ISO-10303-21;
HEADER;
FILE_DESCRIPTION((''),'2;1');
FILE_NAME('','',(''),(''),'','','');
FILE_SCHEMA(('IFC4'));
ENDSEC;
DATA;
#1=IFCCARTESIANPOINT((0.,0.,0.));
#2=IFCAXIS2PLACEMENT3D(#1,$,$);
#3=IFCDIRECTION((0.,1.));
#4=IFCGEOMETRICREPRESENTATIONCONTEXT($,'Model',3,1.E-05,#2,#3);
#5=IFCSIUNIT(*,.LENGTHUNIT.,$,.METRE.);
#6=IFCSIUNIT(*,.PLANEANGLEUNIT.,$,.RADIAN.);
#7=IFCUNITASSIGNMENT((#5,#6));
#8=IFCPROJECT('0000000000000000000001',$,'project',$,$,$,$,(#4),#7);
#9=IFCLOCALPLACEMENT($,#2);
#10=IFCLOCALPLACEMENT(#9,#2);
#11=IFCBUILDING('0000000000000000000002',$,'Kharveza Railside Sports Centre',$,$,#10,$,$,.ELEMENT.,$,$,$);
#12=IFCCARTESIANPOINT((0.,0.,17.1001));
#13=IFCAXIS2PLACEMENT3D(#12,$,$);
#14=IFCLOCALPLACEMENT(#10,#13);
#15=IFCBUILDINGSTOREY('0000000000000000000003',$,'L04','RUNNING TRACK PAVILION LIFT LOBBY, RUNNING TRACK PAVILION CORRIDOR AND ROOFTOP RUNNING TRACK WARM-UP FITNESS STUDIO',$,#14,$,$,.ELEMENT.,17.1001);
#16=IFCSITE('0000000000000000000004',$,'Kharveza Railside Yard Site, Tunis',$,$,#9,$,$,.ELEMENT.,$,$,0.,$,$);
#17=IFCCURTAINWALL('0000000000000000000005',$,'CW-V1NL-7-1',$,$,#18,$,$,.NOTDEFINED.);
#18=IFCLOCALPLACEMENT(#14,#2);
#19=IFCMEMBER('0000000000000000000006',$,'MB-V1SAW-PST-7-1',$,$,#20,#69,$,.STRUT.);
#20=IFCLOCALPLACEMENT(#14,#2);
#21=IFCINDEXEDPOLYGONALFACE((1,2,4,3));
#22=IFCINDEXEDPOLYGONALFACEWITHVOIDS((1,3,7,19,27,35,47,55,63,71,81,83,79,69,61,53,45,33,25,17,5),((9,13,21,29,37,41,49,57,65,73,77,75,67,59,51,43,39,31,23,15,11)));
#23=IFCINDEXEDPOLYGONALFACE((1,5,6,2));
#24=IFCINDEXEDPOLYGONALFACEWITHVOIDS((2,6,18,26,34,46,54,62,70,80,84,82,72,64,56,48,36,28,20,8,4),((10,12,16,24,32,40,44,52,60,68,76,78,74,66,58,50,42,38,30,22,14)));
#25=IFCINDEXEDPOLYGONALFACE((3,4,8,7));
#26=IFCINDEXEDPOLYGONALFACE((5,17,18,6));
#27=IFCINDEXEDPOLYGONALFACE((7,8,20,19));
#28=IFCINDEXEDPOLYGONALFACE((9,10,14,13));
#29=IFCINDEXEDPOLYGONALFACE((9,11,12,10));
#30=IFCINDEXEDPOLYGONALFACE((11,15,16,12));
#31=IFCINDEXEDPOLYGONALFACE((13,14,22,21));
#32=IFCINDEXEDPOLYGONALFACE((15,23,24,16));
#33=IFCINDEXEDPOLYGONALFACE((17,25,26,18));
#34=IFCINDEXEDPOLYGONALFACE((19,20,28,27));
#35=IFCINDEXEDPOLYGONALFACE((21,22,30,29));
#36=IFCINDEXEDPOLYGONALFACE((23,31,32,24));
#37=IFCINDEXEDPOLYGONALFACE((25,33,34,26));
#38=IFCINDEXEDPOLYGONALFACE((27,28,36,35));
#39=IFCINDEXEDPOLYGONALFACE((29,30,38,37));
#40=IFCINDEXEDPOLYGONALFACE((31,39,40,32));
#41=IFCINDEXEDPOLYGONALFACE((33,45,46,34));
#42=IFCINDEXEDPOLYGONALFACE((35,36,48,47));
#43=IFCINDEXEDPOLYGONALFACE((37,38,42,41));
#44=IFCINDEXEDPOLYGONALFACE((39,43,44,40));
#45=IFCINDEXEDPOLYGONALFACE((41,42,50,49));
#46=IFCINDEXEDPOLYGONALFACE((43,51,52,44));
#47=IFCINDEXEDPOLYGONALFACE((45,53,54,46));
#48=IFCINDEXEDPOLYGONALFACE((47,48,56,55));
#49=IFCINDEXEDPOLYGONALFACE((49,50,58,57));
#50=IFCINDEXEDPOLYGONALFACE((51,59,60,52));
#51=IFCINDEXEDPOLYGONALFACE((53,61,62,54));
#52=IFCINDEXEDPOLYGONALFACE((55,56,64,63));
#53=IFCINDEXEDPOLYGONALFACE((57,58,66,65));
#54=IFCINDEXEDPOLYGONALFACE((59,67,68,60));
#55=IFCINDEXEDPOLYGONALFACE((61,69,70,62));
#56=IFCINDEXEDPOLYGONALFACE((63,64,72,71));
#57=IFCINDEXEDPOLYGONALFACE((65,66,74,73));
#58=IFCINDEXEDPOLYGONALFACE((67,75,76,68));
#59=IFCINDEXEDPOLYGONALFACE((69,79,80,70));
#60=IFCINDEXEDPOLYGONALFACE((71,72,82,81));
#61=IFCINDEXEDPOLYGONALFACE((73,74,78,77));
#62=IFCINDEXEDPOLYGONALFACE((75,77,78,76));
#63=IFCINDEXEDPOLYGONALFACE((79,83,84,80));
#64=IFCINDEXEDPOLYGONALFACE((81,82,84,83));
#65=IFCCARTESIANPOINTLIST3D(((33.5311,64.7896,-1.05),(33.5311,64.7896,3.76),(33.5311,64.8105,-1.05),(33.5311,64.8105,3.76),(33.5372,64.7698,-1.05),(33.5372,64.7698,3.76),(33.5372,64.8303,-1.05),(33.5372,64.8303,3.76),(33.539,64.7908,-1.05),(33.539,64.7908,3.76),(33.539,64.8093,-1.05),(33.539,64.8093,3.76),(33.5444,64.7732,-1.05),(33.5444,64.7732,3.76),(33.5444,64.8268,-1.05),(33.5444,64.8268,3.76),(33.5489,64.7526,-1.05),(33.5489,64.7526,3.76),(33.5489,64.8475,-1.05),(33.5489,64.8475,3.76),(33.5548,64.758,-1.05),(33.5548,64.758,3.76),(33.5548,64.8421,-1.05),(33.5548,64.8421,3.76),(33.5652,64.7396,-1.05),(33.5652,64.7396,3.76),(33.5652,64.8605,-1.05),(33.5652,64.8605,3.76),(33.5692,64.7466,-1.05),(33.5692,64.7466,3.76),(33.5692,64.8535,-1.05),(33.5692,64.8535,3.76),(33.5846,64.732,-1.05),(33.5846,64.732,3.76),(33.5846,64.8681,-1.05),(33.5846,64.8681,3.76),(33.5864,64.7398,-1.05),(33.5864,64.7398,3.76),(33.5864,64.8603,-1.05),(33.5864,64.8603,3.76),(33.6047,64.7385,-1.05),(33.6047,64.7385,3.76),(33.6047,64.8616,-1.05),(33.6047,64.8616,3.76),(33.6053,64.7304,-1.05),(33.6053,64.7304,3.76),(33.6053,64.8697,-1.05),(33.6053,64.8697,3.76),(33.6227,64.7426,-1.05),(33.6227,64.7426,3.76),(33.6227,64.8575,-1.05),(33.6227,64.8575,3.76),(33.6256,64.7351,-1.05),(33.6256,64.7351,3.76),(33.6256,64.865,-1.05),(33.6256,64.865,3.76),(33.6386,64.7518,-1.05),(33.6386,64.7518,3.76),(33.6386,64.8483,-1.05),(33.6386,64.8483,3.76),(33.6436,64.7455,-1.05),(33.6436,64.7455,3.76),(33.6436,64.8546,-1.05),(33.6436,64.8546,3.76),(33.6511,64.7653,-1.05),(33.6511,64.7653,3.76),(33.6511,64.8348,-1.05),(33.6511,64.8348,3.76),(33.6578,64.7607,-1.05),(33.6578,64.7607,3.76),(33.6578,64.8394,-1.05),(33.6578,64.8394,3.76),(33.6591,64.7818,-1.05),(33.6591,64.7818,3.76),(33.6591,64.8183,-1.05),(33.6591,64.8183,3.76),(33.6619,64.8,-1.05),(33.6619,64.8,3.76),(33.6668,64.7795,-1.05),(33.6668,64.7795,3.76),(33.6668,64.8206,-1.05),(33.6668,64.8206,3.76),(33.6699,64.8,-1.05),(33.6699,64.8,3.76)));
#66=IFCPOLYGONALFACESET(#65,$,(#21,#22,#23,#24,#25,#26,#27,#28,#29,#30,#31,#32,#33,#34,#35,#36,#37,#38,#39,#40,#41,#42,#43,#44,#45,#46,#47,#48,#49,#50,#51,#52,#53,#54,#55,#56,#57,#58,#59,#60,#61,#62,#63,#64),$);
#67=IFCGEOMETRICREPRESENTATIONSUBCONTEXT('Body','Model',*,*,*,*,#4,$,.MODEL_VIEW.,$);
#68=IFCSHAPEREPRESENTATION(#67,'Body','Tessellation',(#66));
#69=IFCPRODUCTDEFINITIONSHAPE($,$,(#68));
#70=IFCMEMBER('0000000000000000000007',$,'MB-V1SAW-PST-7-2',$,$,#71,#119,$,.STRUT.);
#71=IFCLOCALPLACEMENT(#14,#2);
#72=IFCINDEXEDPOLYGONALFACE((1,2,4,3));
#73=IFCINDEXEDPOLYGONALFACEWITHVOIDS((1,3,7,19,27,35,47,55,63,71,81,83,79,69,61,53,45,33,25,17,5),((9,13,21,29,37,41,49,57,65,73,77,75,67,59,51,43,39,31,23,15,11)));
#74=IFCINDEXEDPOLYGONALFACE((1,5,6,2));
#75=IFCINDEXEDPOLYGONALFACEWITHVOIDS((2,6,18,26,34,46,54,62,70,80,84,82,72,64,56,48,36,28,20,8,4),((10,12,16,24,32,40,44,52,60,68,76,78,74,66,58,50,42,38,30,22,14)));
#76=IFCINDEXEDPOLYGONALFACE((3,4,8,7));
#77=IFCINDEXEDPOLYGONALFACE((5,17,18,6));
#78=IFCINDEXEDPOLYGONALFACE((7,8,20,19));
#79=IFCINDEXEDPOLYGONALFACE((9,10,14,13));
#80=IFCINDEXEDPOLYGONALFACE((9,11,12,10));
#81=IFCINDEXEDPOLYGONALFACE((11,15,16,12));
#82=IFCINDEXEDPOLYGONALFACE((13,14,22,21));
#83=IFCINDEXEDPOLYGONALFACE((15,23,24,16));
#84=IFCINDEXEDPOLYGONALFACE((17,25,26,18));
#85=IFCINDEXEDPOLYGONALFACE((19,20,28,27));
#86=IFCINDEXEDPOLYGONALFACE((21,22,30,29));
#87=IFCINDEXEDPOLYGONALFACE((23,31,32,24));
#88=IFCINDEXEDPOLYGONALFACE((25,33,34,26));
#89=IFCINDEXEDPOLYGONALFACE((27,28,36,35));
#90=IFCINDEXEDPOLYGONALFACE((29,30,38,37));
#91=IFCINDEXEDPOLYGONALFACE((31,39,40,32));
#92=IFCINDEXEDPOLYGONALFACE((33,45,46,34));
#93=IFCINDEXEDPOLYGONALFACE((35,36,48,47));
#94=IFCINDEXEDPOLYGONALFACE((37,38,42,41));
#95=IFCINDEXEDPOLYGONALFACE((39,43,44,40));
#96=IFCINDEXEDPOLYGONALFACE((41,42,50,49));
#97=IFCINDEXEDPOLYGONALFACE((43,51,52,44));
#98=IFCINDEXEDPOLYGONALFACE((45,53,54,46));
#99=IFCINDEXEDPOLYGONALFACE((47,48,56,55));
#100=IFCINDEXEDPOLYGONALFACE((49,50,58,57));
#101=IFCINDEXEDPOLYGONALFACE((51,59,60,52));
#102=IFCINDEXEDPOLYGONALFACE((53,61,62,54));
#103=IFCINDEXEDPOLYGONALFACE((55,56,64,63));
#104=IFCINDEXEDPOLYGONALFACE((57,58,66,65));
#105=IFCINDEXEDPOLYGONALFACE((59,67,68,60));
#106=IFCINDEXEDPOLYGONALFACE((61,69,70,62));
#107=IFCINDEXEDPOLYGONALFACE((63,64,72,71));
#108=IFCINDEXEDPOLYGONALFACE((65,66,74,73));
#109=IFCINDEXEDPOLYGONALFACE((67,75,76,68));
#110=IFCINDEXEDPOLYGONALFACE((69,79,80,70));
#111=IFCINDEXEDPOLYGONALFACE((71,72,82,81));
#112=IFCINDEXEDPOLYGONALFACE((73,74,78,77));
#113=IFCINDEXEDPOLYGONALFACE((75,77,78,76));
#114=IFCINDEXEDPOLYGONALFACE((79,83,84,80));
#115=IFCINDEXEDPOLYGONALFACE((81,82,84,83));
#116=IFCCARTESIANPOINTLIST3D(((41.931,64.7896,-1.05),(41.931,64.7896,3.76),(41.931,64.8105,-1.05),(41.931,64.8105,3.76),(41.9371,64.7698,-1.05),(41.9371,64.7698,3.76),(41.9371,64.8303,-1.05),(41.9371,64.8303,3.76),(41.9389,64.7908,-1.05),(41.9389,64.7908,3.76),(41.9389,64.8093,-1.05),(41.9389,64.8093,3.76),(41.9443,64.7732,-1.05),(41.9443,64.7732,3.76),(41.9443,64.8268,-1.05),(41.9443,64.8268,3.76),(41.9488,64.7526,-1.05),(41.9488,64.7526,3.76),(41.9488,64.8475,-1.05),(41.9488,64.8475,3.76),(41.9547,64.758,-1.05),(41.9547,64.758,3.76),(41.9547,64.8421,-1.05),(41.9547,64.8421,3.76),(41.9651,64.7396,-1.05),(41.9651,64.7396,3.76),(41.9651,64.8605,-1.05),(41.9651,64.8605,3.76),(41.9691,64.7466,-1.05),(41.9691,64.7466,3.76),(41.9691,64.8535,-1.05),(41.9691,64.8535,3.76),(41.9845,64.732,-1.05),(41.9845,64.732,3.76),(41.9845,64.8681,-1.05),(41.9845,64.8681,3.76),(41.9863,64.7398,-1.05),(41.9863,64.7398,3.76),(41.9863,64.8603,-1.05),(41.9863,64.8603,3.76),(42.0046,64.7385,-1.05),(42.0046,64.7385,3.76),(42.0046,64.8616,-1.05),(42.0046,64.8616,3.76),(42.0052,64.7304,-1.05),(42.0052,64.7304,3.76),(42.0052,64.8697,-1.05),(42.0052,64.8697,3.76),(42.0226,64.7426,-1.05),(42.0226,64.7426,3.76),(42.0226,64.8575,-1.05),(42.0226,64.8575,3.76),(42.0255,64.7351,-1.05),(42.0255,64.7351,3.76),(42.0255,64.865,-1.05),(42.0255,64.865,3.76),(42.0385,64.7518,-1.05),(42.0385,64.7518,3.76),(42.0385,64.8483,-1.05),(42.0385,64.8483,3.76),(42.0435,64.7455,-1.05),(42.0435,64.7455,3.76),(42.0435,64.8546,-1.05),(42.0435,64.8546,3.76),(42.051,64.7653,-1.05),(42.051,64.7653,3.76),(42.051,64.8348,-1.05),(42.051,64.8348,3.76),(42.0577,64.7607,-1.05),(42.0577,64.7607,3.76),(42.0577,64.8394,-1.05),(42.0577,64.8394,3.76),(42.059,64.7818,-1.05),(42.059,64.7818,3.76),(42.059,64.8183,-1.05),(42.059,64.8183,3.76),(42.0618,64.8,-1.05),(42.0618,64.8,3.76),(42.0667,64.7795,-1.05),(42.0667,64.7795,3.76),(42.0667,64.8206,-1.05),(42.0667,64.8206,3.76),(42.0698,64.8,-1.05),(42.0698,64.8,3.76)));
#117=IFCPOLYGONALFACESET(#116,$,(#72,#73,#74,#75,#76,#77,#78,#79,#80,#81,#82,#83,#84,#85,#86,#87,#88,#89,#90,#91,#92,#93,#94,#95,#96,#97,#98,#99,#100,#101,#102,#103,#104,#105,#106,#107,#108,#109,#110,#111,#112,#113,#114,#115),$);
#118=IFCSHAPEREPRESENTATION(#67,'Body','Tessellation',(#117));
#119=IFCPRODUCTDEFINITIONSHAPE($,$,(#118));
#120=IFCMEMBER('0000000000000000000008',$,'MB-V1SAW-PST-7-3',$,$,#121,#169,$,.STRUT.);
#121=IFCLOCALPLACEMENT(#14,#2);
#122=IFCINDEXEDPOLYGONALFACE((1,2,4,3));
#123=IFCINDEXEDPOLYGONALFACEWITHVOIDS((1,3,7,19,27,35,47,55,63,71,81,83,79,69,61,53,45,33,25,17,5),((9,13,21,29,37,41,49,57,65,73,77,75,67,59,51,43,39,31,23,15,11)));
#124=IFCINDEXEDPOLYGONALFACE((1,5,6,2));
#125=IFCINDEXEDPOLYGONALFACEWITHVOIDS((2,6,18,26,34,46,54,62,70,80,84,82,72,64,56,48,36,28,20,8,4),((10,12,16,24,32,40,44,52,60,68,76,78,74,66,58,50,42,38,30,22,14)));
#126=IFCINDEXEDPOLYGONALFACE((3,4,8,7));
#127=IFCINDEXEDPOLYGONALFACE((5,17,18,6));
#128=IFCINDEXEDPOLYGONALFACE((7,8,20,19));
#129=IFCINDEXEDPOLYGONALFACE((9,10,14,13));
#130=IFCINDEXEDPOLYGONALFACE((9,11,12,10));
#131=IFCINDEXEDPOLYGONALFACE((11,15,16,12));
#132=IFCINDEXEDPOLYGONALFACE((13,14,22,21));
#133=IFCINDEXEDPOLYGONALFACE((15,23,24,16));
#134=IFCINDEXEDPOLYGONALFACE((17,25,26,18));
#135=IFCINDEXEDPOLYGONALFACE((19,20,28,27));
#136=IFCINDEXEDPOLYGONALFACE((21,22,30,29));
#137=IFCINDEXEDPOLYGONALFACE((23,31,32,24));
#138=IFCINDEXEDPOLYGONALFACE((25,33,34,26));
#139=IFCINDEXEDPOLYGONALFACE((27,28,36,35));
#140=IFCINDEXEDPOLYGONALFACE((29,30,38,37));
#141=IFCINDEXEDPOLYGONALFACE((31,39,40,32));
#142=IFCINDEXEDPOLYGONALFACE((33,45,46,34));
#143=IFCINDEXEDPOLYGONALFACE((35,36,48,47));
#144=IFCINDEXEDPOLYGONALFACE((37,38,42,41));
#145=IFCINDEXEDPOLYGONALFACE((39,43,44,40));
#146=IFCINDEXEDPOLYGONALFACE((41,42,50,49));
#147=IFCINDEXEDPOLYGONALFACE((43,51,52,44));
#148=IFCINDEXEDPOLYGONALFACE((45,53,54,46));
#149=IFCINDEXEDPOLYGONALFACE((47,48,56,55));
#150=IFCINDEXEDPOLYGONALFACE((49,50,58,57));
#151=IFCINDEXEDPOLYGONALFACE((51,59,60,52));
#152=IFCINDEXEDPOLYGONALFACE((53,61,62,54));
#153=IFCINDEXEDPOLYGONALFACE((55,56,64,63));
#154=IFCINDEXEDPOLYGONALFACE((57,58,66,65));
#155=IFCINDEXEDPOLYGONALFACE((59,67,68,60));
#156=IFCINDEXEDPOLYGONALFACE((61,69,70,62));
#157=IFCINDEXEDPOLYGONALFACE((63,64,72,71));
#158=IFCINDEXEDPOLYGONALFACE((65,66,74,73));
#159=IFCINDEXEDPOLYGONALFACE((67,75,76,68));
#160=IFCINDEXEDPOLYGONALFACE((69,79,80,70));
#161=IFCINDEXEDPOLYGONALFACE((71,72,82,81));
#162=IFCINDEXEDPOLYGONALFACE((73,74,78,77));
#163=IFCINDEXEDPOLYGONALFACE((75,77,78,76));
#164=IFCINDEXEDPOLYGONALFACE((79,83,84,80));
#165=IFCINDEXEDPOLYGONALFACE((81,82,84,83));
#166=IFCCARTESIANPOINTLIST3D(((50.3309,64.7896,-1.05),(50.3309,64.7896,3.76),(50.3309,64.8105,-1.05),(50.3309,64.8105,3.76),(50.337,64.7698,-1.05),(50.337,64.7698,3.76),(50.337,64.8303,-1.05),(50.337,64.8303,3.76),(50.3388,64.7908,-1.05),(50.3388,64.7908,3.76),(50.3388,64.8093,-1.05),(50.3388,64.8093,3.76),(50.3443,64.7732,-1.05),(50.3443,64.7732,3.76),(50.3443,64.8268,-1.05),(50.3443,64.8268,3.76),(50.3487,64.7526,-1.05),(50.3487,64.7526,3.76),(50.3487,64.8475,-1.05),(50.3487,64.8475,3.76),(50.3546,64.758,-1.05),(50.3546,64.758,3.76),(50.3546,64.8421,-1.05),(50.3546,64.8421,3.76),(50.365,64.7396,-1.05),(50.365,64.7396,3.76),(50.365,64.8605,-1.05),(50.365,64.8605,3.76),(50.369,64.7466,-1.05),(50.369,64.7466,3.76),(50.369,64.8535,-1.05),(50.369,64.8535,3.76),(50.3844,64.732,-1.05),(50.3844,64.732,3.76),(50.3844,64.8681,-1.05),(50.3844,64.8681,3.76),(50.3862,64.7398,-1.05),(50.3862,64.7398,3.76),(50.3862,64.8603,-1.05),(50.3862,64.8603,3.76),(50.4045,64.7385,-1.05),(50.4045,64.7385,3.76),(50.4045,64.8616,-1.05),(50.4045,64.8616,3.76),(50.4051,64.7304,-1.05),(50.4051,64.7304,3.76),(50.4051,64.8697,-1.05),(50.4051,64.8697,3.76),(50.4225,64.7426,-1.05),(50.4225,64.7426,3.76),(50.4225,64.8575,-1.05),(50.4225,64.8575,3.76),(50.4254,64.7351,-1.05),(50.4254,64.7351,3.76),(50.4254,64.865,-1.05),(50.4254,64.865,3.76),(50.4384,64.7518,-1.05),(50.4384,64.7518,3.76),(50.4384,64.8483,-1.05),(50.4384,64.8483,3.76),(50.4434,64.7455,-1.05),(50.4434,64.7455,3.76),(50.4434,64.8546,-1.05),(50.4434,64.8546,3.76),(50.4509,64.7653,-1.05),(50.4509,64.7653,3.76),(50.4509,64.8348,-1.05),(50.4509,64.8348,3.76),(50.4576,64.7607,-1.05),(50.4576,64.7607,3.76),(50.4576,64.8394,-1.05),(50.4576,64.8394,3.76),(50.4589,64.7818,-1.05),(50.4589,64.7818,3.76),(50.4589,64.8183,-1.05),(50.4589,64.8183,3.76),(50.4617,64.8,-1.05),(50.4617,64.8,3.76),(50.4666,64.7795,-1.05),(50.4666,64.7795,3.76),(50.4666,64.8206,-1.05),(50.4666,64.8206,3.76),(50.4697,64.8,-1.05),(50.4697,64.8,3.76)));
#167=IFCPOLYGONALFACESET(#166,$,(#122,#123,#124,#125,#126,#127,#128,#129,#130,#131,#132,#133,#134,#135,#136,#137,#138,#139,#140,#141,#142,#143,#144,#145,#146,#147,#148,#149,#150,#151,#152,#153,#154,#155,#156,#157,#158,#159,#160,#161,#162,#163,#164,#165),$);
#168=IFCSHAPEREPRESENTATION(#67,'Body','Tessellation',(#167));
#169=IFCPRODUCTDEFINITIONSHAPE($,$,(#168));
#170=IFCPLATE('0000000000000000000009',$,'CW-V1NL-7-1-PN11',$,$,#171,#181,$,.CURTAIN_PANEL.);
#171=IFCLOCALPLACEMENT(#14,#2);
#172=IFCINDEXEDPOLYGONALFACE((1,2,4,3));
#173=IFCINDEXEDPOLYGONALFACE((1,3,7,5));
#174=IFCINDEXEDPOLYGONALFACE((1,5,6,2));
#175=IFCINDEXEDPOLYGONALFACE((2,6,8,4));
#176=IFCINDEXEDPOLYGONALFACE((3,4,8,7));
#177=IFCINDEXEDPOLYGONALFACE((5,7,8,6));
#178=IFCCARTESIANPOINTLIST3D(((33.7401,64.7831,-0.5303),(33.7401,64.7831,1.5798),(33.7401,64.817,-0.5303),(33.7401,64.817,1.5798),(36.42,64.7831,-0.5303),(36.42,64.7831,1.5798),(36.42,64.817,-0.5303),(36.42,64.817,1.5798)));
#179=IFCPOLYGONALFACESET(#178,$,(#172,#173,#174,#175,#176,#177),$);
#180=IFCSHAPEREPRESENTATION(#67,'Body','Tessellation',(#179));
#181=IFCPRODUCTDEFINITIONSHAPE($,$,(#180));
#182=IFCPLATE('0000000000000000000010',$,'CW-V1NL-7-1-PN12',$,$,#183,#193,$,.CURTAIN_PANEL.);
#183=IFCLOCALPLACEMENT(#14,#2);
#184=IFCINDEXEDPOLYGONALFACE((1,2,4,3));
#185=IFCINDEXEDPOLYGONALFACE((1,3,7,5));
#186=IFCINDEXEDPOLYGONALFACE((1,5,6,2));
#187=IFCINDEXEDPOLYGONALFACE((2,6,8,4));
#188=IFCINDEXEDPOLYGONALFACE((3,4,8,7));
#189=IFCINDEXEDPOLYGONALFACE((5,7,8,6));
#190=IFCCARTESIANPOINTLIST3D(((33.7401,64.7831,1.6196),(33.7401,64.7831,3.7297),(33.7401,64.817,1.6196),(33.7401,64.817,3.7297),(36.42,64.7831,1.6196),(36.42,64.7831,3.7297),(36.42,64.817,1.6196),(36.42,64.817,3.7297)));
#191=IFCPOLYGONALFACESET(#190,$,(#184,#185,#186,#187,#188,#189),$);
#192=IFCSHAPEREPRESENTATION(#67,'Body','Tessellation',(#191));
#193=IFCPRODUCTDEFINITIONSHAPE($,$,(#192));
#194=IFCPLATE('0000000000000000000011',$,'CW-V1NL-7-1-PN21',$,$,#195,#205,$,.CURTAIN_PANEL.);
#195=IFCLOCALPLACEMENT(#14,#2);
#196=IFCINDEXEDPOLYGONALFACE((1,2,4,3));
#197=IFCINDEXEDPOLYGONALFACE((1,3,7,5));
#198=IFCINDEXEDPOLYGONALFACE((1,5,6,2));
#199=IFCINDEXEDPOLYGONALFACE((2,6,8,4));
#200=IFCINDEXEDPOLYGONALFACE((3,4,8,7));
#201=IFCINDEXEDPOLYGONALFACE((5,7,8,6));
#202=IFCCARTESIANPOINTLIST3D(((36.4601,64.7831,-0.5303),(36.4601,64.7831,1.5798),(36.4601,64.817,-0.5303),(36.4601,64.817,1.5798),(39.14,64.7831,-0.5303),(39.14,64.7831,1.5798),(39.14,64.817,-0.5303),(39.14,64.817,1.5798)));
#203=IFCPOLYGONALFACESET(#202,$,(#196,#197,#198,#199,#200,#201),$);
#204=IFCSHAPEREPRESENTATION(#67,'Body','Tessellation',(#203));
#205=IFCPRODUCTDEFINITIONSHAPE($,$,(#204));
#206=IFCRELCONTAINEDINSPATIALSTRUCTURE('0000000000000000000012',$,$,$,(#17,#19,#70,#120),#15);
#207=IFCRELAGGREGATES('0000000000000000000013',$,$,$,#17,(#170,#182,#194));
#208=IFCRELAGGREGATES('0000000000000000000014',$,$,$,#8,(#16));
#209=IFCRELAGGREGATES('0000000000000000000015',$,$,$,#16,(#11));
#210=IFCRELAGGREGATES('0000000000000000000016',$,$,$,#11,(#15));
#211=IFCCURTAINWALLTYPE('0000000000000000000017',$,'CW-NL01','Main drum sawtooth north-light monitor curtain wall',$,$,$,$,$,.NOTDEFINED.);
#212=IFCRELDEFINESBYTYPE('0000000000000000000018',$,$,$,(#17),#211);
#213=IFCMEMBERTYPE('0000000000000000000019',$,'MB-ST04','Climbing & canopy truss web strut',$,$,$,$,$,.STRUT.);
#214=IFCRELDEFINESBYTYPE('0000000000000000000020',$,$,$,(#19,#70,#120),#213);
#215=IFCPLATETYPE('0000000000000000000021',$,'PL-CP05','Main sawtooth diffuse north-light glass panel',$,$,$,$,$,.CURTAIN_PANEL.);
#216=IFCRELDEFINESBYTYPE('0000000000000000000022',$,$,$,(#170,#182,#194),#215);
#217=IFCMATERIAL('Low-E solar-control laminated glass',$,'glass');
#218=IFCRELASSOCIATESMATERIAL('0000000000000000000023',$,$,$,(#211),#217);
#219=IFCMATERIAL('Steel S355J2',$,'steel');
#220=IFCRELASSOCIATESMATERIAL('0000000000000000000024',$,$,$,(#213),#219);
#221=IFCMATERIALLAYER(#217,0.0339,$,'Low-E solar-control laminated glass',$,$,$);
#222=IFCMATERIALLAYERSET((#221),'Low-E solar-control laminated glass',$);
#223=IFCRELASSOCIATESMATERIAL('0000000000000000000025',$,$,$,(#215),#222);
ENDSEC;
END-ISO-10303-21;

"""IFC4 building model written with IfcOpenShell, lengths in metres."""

from ifc_helpers import new_model, si_unit, direction, frame, origin, origin_2d, place, context, subcontext, project, spatial, rectangle, hollow_circle, extrude, material, layer, layer_set, material_profile, profile_set, type_object, element, aggregate, save


model = new_model("IFC4")

# Units and contexts
model_context = context("Model", 3, precision=1e-05, world=origin(), true_north=direction((0.0, 1.0)))
body_context = subcontext(model_context, "Body", "Model", "MODEL_VIEW")
ifc_project = project(units=[si_unit("LENGTHUNIT", "METRE"), si_unit("PLANEANGLEUNIT", "RADIAN")], contexts=[model_context])

# Site, building, storey
site_placement = place(None, origin())
site = spatial("IfcSite", under=ifc_project, at=site_placement, Name="Kharveza Railside Yard Site, Tunis", CompositionType="ELEMENT", RefElevation=0.0)
building_placement = place(site_placement, origin())
building = spatial("IfcBuilding", under=site, at=building_placement, Name="Kharveza Railside Sports Centre", CompositionType="ELEMENT")
storey_placement = place(building_placement, frame((0.0, 0.0, 17.1001)))
storey = spatial("IfcBuildingStorey", under=building, at=storey_placement, Name="L04", Description="RUNNING TRACK PAVILION LIFT LOBBY, RUNNING TRACK PAVILION CORRIDOR AND ROOFTOP RUNNING TRACK WARM-UP FITNESS STUDIO", CompositionType="ELEMENT", Elevation=17.1001)

# Curtain wall
ifc_material_1 = material(Name="Low-E solar-control laminated glass", Category="glass")
curtain_wall_type = type_object("IfcCurtainWallType", Name="CW-NL01", Description="Main drum sawtooth north-light monitor curtain wall", PredefinedType="NOTDEFINED", material=ifc_material_1)
curtain_wall_1_placement = place(storey_placement, origin())
curtain_wall_1 = element("IfcCurtainWall", 1, at=curtain_wall_1_placement, inside=storey, type_object=curtain_wall_type, Name="CW-V1NL-7-1", PredefinedType="NOTDEFINED")

# Members
ifc_material_2 = material(Name="Steel S355J2", Category="steel")
ifc_material_profile_1 = material_profile(ifc_material_2, hollow_circle(Radius=0.0698, WallThickness=0.0081, at=origin_2d()), Name="CHS 139.7x8.0")
ifc_profile_set_1 = profile_set([ifc_material_profile_1], Name="Steel S355J2")
member_type_1 = type_object("IfcMemberType", Name="MB-ST04", Description="Climbing & canopy truss web strut", PredefinedType="STRUT", material=ifc_profile_set_1)
for number, where, z_axis, x_axis, name in (
    (2, (33.6001, 64.8, -1.05), (0.0, 0.0, 1.0), (1.0, 0.0, 0.0), "MB-V1SAW-PST-7-1"),
    (3, (42.0, 64.8, -1.05), (0.0, 0.0, 1.0), (1.0, 0.0, 0.0), "MB-V1SAW-PST-7-2"),
    (4, (50.3999, 64.8, -1.05), (0.0, 0.0, 1.0), (1.0, 0.0, 0.0), "MB-V1SAW-PST-7-3"),
):
    element("IfcMember", number, at=place(storey_placement, frame(where, z_axis=z_axis, x_axis=x_axis)), inside=storey, type_object=member_type_1, Name=name, PredefinedType="STRUT", context=body_context, shape_type="SweptSolid", body=[
        extrude(hollow_circle(Radius=0.0698, WallThickness=0.0081, at=origin_2d()), origin(), (0.0, 0.0, 1.0), 4.8101),
    ])

# Plates
ifc_layer_1 = layer(ifc_material_1, 0.0339, Name="Low-E solar-control laminated glass")
ifc_layer_set_1 = layer_set([ifc_layer_1], Name="Low-E solar-control laminated glass")
plate_type_1 = type_object("IfcPlateType", Name="PL-CP05", Description="Main sawtooth diffuse north-light glass panel", PredefinedType="CURTAIN_PANEL", material=ifc_layer_set_1)
plate_1_placement = place(storey_placement, frame((35.0801, 64.8, -0.5303), z_axis=(0.0, 0.0, 1.0), x_axis=(1.0, 0.0, 0.0)))
plate_1 = element("IfcPlate", 5, at=plate_1_placement, type_object=plate_type_1, Name="CW-V1NL-7-1-PN11", PredefinedType="CURTAIN_PANEL", context=body_context, shape_type="SweptSolid", body=[
    extrude(rectangle(XDim=2.6799, YDim=0.0339, at=origin_2d()), origin(), (0.0, 0.0, 1.0), 2.1101),
])
plate_2_placement = place(storey_placement, frame((35.0801, 64.8, 1.6196), z_axis=(0.0, 0.0, 1.0), x_axis=(1.0, 0.0, 0.0)))
plate_2 = element("IfcPlate", 6, at=plate_2_placement, type_object=plate_type_1, Name="CW-V1NL-7-1-PN12", PredefinedType="CURTAIN_PANEL", context=body_context, shape_type="SweptSolid", body=[
    extrude(rectangle(XDim=2.6799, YDim=0.0339, at=origin_2d()), origin(), (0.0, 0.0, 1.0), 2.1101),
])
plate_3_placement = place(storey_placement, frame((37.8, 64.8, -0.5303), z_axis=(0.0, 0.0, 1.0), x_axis=(1.0, 0.0, 0.0)))
plate_3 = element("IfcPlate", 7, at=plate_3_placement, type_object=plate_type_1, Name="CW-V1NL-7-1-PN21", PredefinedType="CURTAIN_PANEL", context=body_context, shape_type="SweptSolid", body=[
    extrude(rectangle(XDim=2.6799, YDim=0.0339, at=origin_2d()), origin(), (0.0, 0.0, 1.0), 2.1101),
])
aggregate(curtain_wall_1, [plate_1, plate_2, plate_3])

save(model, "model.ifc")
